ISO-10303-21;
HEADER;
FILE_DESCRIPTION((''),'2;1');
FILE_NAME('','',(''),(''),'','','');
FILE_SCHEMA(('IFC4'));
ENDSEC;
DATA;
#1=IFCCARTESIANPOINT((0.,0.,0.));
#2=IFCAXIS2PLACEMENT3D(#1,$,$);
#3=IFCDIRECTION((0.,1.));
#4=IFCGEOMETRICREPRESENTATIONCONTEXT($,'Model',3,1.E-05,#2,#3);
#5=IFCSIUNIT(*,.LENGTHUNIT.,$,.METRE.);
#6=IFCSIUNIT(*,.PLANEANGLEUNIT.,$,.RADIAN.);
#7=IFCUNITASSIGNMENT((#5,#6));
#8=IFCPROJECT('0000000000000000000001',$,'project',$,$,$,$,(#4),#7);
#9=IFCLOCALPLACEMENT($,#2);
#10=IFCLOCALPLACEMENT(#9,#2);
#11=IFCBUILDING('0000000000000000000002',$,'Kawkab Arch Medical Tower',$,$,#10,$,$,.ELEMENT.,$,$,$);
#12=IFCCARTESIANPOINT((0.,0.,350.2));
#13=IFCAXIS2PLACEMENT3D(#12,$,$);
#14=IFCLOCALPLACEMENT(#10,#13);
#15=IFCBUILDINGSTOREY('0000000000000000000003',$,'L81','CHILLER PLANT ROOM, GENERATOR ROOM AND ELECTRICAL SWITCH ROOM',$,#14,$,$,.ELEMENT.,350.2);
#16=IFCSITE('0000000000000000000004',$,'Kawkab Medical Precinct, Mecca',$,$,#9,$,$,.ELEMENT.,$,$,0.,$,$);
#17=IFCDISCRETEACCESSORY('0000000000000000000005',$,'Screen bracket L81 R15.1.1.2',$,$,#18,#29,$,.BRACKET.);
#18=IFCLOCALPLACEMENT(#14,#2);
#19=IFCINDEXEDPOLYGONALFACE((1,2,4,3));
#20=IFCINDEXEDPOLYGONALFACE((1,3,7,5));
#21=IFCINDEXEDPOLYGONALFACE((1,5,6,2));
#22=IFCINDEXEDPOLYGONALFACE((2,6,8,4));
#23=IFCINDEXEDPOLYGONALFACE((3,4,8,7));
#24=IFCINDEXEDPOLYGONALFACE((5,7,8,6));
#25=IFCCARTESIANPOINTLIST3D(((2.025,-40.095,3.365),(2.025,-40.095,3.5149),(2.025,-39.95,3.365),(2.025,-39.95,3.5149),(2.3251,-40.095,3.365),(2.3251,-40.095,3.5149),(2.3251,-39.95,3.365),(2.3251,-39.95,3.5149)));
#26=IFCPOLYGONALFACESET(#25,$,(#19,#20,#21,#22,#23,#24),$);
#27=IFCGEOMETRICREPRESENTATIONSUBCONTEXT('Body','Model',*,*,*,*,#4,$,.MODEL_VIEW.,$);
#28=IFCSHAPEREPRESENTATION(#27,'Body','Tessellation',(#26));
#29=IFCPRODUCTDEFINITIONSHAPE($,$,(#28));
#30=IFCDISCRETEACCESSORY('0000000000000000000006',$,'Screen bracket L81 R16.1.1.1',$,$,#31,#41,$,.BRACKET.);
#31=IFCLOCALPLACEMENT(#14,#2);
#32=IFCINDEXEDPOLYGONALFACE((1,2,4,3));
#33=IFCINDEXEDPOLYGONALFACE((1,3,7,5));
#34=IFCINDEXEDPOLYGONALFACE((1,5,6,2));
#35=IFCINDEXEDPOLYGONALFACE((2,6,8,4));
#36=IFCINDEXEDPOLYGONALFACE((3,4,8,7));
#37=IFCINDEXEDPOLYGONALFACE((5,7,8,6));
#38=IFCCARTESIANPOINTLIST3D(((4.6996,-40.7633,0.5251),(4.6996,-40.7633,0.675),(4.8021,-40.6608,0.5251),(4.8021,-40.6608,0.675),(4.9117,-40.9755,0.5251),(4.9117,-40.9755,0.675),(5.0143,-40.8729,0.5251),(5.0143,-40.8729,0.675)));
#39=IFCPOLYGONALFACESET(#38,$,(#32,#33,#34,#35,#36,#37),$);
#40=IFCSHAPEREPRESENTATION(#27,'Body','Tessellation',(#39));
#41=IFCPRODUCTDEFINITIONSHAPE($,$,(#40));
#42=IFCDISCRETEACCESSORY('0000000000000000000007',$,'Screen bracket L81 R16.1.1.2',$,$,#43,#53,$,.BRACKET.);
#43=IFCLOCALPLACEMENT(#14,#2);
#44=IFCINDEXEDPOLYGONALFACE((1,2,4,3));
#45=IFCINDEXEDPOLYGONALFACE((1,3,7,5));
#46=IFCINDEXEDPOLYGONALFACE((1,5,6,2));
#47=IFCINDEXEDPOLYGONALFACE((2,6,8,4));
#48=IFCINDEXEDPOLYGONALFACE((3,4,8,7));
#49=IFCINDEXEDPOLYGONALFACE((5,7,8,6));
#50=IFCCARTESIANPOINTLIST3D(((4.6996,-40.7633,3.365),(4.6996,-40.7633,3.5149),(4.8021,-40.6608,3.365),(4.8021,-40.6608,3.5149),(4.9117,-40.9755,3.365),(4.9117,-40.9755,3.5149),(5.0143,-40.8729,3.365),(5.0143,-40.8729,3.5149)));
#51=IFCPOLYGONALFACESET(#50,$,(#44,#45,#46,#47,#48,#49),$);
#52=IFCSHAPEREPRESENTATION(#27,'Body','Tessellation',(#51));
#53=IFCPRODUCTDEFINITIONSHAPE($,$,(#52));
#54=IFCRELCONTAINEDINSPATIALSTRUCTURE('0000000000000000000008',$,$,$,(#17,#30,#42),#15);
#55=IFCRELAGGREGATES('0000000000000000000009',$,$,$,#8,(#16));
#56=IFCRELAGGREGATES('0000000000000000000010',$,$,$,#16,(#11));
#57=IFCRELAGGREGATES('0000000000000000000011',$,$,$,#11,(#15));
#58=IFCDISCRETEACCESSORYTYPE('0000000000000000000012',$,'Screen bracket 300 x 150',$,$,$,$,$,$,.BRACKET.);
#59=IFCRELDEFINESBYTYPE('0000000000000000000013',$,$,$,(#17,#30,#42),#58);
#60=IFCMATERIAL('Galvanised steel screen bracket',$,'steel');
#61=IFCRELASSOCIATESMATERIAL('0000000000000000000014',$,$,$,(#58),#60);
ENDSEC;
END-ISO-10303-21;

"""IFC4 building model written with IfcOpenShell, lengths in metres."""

from ifc_helpers import new_model, si_unit, direction, frame, origin, origin_2d, place, context, subcontext, project, spatial, rectangle, extrude, material, type_object, element, save


model = new_model("IFC4")

# Units and contexts
model_context = context("Model", 3, precision=1e-05, world=origin(), true_north=direction((0.0, 1.0)))
body_context = subcontext(model_context, "Body", "Model", "MODEL_VIEW")
ifc_project = project(units=[si_unit("LENGTHUNIT", "METRE"), si_unit("PLANEANGLEUNIT", "RADIAN")], contexts=[model_context])

# Site, building, storey
site_placement = place(None, origin())
site = spatial("IfcSite", under=ifc_project, at=site_placement, Name="Kawkab Medical Precinct, Mecca", CompositionType="ELEMENT", RefElevation=0.0)
building_placement = place(site_placement, origin())
building = spatial("IfcBuilding", under=site, at=building_placement, Name="Kawkab Arch Medical Tower", CompositionType="ELEMENT")
storey_placement = place(building_placement, frame((0.0, 0.0, 350.2)))
storey = spatial("IfcBuildingStorey", under=building, at=storey_placement, Name="L81", Description="CHILLER PLANT ROOM, GENERATOR ROOM AND ELECTRICAL SWITCH ROOM", CompositionType="ELEMENT", Elevation=350.2)

# Discrete accessories
ifc_material_1 = material(Name="Galvanised steel screen bracket", Category="steel")
discrete_accessory_type = type_object("IfcDiscreteAccessoryType", Name="Screen bracket 300 x 150", PredefinedType="BRACKET", material=ifc_material_1)
for number, where, z_axis, x_axis, name in (
    (1, (2.175, -40.0225, 3.365), (0.0, 0.0, 1.0), (1.0, 0.0, 0.0), "Screen bracket L81 R15.1.1.2"),
    (2, (4.8569, -40.8181, 0.5251), (0.0, 0.0, 1.0), (0.707107, -0.707107, 0.0), "Screen bracket L81 R16.1.1.1"),
    (3, (4.8569, -40.8181, 3.365), (0.0, 0.0, 1.0), (0.707107, -0.707107, 0.0), "Screen bracket L81 R16.1.1.2"),
):
    element("IfcDiscreteAccessory", number, at=place(storey_placement, frame(where, z_axis=z_axis, x_axis=x_axis)), inside=storey, type_object=discrete_accessory_type, Name=name, PredefinedType="BRACKET", context=body_context, shape_type="SweptSolid", body=[
        extrude(rectangle(XDim=0.3, YDim=0.145, at=origin_2d()), origin(), (0.0, 0.0, 1.0), 0.1499),
    ])

save(model, "model.ifc")
